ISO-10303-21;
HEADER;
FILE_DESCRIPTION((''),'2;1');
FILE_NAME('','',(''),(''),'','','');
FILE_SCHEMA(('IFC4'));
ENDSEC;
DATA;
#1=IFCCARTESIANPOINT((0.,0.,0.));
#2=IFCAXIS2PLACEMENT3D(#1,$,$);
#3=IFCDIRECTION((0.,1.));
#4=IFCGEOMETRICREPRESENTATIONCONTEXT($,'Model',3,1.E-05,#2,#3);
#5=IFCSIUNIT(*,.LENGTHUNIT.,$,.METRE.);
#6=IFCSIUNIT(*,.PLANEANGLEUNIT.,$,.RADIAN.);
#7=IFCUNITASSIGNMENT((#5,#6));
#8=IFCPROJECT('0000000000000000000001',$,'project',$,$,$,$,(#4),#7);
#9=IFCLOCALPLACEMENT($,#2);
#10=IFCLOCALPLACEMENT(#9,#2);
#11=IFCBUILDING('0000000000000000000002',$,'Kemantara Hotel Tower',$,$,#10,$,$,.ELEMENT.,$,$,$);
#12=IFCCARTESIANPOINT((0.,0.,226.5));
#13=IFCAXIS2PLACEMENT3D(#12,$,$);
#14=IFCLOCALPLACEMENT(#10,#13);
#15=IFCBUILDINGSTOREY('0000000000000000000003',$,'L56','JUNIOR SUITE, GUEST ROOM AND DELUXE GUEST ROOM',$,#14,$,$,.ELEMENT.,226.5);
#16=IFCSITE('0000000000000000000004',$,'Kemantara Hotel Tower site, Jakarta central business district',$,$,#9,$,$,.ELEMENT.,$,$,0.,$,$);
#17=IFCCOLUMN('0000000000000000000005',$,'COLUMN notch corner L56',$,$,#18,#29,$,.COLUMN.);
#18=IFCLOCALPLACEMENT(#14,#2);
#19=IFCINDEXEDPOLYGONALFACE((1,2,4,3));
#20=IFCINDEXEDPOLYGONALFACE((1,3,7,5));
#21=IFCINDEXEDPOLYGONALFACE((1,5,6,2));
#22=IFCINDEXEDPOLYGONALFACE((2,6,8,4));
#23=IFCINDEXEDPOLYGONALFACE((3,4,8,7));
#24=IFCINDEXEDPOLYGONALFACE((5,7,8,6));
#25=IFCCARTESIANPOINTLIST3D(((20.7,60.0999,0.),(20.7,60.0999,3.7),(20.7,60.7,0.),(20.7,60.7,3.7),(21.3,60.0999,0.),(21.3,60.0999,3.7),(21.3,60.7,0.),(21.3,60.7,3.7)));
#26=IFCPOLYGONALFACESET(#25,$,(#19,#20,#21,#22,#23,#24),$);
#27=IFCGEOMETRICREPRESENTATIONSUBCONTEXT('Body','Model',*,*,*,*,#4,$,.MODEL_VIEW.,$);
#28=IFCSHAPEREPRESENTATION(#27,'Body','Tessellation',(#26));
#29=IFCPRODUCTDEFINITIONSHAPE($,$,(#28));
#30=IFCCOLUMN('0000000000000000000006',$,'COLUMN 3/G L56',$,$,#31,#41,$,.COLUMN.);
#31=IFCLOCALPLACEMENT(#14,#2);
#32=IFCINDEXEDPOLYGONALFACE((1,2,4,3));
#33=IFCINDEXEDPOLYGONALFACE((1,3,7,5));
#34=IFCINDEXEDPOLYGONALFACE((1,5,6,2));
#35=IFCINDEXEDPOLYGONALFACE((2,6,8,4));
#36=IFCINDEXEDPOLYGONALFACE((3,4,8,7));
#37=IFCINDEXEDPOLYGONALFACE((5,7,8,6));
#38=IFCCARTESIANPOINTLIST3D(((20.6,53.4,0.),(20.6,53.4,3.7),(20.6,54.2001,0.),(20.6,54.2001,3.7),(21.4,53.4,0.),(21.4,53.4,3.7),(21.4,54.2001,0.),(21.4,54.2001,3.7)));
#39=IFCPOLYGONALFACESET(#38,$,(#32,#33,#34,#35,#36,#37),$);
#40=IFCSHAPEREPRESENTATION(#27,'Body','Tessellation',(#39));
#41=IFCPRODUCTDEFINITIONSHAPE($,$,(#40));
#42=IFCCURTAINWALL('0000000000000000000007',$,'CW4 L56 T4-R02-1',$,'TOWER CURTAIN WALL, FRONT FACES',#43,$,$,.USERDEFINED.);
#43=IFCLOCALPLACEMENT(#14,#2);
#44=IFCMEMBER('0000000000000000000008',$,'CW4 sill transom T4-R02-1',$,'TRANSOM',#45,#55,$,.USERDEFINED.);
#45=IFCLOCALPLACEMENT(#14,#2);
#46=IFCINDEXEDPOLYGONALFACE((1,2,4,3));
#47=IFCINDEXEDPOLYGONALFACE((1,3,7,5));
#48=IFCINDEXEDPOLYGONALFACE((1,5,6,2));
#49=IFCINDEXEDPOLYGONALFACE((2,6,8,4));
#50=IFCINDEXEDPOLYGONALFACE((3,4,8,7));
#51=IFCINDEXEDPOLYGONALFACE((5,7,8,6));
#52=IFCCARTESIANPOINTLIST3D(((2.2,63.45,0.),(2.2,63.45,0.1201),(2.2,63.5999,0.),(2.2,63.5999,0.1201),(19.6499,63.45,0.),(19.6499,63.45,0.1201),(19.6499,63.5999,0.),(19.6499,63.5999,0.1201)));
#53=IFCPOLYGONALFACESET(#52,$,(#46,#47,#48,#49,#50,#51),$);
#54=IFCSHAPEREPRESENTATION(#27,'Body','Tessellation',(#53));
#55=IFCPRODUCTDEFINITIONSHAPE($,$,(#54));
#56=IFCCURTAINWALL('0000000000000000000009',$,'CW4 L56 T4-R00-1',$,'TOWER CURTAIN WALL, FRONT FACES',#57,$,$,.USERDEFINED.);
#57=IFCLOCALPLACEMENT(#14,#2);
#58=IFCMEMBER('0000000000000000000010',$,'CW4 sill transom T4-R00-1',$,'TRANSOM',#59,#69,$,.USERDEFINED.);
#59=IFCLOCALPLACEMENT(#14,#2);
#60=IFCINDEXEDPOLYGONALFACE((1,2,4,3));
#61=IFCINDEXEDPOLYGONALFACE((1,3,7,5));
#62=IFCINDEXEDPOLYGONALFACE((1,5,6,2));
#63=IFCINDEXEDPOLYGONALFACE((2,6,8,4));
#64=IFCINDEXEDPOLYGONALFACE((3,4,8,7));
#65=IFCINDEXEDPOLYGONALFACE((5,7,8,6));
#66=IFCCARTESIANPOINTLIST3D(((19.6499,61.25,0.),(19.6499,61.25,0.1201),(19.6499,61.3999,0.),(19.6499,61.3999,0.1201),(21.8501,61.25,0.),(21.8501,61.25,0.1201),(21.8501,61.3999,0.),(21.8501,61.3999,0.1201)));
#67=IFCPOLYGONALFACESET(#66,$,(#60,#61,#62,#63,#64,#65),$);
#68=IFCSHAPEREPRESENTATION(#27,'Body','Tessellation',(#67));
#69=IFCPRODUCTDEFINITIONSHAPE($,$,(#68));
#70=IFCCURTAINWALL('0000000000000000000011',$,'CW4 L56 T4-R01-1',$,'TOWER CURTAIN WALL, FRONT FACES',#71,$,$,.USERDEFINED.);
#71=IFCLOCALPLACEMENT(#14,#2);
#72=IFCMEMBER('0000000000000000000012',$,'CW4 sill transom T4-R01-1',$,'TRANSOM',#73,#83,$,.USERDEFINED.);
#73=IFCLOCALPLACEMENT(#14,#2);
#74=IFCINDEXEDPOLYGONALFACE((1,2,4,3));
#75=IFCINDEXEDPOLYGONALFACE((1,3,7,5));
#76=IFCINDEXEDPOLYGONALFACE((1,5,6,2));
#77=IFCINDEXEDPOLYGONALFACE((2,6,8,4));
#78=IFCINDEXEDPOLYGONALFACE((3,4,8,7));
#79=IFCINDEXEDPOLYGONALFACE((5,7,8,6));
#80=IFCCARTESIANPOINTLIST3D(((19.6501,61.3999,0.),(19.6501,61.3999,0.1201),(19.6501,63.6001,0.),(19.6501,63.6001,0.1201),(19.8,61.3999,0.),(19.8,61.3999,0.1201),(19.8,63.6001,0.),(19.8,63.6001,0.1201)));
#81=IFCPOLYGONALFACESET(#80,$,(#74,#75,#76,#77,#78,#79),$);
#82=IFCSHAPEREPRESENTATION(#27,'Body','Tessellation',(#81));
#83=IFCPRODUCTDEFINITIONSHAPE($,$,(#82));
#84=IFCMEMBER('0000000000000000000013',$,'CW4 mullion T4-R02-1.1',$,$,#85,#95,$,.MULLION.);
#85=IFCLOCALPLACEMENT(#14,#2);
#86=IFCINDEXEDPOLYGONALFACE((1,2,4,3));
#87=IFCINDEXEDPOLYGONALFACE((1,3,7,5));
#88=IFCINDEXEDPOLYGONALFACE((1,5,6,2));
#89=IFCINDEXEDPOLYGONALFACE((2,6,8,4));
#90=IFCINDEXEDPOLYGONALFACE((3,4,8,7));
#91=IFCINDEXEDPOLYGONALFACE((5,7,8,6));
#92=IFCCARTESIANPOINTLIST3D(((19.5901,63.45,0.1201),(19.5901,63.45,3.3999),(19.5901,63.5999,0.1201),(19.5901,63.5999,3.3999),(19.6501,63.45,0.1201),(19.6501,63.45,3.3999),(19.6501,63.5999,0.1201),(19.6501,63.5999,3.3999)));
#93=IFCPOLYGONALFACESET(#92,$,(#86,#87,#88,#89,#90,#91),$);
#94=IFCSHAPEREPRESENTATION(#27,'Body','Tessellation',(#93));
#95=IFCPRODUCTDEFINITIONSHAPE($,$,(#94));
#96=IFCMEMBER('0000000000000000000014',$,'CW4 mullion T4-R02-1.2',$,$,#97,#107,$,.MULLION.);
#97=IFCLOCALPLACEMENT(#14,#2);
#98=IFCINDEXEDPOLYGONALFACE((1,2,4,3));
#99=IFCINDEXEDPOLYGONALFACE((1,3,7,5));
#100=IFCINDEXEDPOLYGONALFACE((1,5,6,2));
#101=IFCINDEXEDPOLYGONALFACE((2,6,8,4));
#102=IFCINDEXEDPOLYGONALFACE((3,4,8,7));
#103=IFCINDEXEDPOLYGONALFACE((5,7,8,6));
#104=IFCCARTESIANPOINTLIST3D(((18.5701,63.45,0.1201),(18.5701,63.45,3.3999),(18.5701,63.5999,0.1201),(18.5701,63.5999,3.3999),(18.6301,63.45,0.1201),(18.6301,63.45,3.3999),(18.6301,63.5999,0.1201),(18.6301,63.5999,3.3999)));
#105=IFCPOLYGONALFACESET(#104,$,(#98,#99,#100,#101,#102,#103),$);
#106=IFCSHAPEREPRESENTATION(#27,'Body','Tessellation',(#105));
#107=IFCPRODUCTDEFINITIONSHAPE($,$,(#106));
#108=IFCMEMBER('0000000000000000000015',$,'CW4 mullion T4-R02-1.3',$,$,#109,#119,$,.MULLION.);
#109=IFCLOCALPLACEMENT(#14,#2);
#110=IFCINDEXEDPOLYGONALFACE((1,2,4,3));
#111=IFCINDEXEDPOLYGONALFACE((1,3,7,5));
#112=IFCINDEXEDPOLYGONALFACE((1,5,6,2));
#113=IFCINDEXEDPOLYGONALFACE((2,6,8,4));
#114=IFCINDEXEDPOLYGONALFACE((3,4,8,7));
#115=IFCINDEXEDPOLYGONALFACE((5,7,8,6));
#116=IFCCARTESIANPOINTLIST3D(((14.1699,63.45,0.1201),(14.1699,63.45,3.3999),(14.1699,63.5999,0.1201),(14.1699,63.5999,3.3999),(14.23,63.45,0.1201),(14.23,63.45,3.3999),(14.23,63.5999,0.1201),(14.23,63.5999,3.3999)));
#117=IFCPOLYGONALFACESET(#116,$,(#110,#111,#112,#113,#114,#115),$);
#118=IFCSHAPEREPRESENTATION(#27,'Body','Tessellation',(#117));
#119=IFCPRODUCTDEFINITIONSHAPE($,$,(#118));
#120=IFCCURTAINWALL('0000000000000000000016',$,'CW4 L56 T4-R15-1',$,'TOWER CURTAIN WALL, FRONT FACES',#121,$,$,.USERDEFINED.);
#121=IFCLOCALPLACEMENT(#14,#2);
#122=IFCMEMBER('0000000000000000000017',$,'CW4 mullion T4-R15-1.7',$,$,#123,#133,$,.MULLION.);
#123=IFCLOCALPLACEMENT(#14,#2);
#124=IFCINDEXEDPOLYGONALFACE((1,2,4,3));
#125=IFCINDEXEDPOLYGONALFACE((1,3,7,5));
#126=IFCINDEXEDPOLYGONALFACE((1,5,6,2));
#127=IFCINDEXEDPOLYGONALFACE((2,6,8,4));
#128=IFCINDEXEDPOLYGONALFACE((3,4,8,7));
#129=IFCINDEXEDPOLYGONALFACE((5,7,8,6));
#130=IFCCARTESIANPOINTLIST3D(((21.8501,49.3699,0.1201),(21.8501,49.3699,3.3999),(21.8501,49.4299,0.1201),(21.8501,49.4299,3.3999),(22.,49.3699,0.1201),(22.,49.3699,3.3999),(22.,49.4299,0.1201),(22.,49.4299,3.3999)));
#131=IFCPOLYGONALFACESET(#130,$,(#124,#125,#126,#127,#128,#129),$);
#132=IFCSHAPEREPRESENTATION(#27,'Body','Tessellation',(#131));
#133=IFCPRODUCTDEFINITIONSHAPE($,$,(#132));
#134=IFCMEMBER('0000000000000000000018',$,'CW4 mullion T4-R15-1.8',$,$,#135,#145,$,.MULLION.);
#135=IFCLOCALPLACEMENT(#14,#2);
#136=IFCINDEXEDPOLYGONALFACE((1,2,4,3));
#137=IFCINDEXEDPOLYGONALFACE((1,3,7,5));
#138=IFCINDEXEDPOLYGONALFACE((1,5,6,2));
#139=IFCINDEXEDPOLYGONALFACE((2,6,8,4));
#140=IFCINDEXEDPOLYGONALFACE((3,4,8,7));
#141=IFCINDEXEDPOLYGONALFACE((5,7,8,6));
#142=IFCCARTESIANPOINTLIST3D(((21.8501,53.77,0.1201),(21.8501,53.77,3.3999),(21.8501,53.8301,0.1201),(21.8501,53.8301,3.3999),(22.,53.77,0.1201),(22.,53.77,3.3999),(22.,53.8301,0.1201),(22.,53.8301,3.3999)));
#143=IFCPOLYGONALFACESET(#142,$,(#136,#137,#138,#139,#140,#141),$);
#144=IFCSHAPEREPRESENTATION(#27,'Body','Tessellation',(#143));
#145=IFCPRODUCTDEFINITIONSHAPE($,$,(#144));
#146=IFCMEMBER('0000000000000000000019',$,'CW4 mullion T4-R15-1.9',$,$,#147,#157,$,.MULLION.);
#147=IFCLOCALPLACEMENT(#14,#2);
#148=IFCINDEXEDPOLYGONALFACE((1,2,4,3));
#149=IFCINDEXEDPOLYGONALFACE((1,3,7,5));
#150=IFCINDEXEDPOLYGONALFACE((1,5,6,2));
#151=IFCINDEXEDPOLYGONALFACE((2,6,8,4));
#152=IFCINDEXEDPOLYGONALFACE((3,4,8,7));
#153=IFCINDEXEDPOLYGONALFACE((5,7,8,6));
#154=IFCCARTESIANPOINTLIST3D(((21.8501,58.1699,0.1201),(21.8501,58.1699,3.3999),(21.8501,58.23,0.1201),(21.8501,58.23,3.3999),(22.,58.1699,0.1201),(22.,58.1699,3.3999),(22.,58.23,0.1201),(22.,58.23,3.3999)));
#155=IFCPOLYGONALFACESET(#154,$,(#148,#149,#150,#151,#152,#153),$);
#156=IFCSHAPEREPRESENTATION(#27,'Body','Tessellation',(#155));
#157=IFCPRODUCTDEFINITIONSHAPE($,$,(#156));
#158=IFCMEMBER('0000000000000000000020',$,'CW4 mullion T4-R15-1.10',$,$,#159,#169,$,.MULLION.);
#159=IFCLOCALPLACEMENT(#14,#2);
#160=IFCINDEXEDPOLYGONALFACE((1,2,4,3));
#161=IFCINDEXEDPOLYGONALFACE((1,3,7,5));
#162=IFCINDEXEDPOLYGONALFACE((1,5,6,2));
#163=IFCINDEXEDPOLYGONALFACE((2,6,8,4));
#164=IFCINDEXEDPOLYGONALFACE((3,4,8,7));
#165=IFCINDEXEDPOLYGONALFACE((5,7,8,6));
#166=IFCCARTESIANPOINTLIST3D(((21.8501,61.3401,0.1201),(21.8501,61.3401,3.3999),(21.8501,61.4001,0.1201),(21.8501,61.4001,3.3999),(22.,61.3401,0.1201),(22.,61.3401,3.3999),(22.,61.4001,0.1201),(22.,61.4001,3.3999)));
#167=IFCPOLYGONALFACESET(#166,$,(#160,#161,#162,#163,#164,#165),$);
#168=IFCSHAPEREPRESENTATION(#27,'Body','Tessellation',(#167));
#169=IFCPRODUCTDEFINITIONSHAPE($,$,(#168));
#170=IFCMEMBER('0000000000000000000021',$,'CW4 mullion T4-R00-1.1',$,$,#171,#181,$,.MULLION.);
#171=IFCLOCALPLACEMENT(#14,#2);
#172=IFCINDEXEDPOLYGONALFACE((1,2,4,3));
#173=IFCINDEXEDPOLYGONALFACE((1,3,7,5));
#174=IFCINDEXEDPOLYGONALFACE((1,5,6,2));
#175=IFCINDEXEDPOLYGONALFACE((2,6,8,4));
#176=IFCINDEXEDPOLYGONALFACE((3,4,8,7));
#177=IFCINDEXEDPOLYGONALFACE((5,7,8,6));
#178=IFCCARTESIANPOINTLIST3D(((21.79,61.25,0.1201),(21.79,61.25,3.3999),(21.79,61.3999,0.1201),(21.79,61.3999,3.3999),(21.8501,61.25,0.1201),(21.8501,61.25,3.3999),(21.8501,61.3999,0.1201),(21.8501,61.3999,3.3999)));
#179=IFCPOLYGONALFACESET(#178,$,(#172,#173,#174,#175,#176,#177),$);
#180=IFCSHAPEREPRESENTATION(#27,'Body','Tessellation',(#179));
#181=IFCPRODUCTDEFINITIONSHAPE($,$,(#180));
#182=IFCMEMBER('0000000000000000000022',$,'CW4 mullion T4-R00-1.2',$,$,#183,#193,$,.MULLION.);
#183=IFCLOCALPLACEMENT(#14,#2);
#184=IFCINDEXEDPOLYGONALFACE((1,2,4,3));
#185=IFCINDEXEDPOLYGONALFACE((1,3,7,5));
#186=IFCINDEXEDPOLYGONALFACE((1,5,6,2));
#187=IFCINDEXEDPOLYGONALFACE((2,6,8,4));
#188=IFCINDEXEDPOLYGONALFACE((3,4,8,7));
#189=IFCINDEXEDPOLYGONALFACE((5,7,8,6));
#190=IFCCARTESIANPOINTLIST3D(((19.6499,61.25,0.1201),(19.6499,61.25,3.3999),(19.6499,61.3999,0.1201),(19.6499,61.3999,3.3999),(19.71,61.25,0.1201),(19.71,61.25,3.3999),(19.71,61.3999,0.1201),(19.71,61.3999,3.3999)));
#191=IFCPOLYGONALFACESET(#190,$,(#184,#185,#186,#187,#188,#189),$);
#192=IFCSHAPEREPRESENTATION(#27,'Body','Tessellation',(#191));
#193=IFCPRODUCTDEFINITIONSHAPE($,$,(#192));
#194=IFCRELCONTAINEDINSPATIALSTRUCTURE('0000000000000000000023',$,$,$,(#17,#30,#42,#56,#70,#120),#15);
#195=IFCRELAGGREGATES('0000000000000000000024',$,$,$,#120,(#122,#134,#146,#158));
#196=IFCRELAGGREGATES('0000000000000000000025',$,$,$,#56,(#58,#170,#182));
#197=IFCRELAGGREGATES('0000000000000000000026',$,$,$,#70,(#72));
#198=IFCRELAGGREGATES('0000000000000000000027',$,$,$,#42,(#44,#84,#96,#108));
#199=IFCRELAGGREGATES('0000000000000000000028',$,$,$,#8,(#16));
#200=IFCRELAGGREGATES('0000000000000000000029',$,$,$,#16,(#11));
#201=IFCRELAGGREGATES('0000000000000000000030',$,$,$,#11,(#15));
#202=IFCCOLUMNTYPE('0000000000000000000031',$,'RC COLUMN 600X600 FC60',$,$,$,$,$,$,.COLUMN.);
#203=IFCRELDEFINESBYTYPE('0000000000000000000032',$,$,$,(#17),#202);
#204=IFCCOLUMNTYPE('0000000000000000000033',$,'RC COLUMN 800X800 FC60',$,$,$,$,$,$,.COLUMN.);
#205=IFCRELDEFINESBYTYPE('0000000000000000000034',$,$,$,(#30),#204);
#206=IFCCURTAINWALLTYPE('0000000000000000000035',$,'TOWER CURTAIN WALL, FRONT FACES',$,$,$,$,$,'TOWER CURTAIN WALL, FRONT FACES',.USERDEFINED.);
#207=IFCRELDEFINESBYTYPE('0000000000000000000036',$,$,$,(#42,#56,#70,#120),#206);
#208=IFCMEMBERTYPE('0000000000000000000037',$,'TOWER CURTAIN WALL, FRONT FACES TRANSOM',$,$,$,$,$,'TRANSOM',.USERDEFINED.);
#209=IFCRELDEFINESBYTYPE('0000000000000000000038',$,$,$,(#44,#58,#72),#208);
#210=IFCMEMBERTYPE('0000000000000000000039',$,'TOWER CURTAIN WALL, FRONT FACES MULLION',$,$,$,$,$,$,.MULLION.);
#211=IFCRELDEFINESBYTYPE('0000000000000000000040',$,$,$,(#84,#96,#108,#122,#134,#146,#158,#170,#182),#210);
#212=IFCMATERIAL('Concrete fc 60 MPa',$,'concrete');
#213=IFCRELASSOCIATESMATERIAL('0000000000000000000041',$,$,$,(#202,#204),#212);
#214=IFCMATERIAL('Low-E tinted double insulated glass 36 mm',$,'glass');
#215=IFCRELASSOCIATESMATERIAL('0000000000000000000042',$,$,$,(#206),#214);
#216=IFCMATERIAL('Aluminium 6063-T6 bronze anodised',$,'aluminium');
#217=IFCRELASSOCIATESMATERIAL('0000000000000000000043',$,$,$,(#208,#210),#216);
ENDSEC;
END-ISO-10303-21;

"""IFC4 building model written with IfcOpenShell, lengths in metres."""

from ifc_helpers import new_model, si_unit, direction, frame, origin, origin_2d, place, context, subcontext, project, spatial, rectangle, extrude, source, transform, mapped, material, material_profile, profile_set, type_object, element, aggregate, save


model = new_model("IFC4")

# Units and contexts
model_context = context("Model", 3, precision=1e-05, world=origin(), true_north=direction((0.0, 1.0)))
body_context = subcontext(model_context, "Body", "Model", "MODEL_VIEW")
ifc_project = project(units=[si_unit("LENGTHUNIT", "METRE"), si_unit("PLANEANGLEUNIT", "RADIAN")], contexts=[model_context])

# Site, building, storey
site_placement = place(None, origin())
site = spatial("IfcSite", under=ifc_project, at=site_placement, Name="Kemantara Hotel Tower site, Jakarta central business district", CompositionType="ELEMENT", RefElevation=0.0)
building_placement = place(site_placement, origin())
building = spatial("IfcBuilding", under=site, at=building_placement, Name="Kemantara Hotel Tower", CompositionType="ELEMENT")
storey_placement = place(building_placement, frame((0.0, 0.0, 226.5)))
storey = spatial("IfcBuildingStorey", under=building, at=storey_placement, Name="L56", Description="JUNIOR SUITE, GUEST ROOM AND DELUXE GUEST ROOM", CompositionType="ELEMENT", Elevation=226.5)

# Columns
ifc_material_1 = material(Name="Concrete fc 60 MPa", Category="concrete")
ifc_material_profile_1 = material_profile(ifc_material_1, rectangle(XDim=0.6001, YDim=0.6001, at=origin_2d()), Name="RC 600X600")
ifc_profile_set_1 = profile_set([ifc_material_profile_1], Name="Concrete fc 60 MPa")
column_type_1 = type_object("IfcColumnType", Name="RC COLUMN 600X600 FC60", PredefinedType="COLUMN", material=ifc_profile_set_1)
column_1_placement = place(storey_placement, frame((21.0, 60.3999, 0.0), z_axis=(0.0, 0.0, 1.0), x_axis=(1.0, 0.0, 0.0)))
element("IfcColumn", 1, at=column_1_placement, inside=storey, type_object=column_type_1, Name="COLUMN notch corner L56", PredefinedType="COLUMN", context=body_context, shape_type="SweptSolid", body=[
    extrude(rectangle(XDim=0.6001, YDim=0.6001, at=origin_2d()), origin(), (0.0, 0.0, 1.0), 3.7),
])
ifc_material_profile_2 = material_profile(ifc_material_1, rectangle(XDim=0.8, YDim=0.8, at=origin_2d()), Name="RC 800X800")
ifc_profile_set_2 = profile_set([ifc_material_profile_2], Name="Concrete fc 60 MPa")
column_type_2 = type_object("IfcColumnType", Name="RC COLUMN 800X800 FC60", PredefinedType="COLUMN", material=ifc_profile_set_2)
column_2_placement = place(storey_placement, frame((21.0, 53.8, 0.0), z_axis=(0.0, 0.0, 1.0), x_axis=(1.0, 0.0, 0.0)))
element("IfcColumn", 2, at=column_2_placement, inside=storey, type_object=column_type_2, Name="COLUMN 3/G L56", PredefinedType="COLUMN", context=body_context, shape_type="SweptSolid", body=[
    extrude(rectangle(XDim=0.8, YDim=0.8, at=origin_2d()), origin(), (0.0, 0.0, 1.0), 3.7),
])

# Curtain walls, members
ifc_material_2 = material(Name="Low-E tinted double insulated glass 36 mm", Category="glass")
curtain_wall_type = type_object("IfcCurtainWallType", Name="TOWER CURTAIN WALL, FRONT FACES", ElementType="TOWER CURTAIN WALL, FRONT FACES", PredefinedType="USERDEFINED", material=ifc_material_2)
curtain_wall_1_placement = place(storey_placement, origin())
curtain_wall_1 = element("IfcCurtainWall", 3, at=curtain_wall_1_placement, inside=storey, type_object=curtain_wall_type, Name="CW4 L56 T4-R02-1", ObjectType="TOWER CURTAIN WALL, FRONT FACES", PredefinedType="USERDEFINED")
ifc_material_3 = material(Name="Aluminium 6063-T6 bronze anodised", Category="aluminium")
ifc_material_profile_3 = material_profile(ifc_material_3, rectangle(XDim=0.1499, YDim=0.1201, at=origin_2d()), Name="TOWER CURTAIN WALL, FRONT FACES TRANSOM")
ifc_profile_set_3 = profile_set([ifc_material_profile_3], Name="Aluminium 6063-T6 bronze anodised")
member_type_1 = type_object("IfcMemberType", Name="TOWER CURTAIN WALL, FRONT FACES TRANSOM", ElementType="TRANSOM", PredefinedType="USERDEFINED", material=ifc_profile_set_3)
member_1_placement = place(storey_placement, frame((19.6499, 63.5249, 0.0601), z_axis=(-1.0, 0.0, 0.0), x_axis=(0.0, -1.0, 0.0)))
member_1 = element("IfcMember", 4, at=member_1_placement, type_object=member_type_1, Name="CW4 sill transom T4-R02-1", ObjectType="TRANSOM", PredefinedType="USERDEFINED", context=body_context, shape_type="SweptSolid", body=[
    extrude(rectangle(XDim=0.1499, YDim=0.1201, at=origin_2d()), origin(), (0.0, 0.0, 1.0), 17.45),
])
curtain_wall_2_placement = place(storey_placement, origin())
curtain_wall_2 = element("IfcCurtainWall", 5, at=curtain_wall_2_placement, inside=storey, type_object=curtain_wall_type, Name="CW4 L56 T4-R00-1", ObjectType="TOWER CURTAIN WALL, FRONT FACES", PredefinedType="USERDEFINED")
member_2_placement = place(storey_placement, frame((21.8501, 61.325, 0.0601), z_axis=(-1.0, 0.0, 0.0), x_axis=(0.0, -1.0, 0.0)))
member_2 = element("IfcMember", 6, at=member_2_placement, type_object=member_type_1, Name="CW4 sill transom T4-R00-1", ObjectType="TRANSOM", PredefinedType="USERDEFINED", context=body_context, shape_type="SweptSolid", body=[
    extrude(rectangle(XDim=0.1499, YDim=0.1201, at=origin_2d()), origin(), (0.0, 0.0, 1.0), 2.2002),
])
curtain_wall_3_placement = place(storey_placement, origin())
curtain_wall_3 = element("IfcCurtainWall", 7, at=curtain_wall_3_placement, inside=storey, type_object=curtain_wall_type, Name="CW4 L56 T4-R01-1", ObjectType="TOWER CURTAIN WALL, FRONT FACES", PredefinedType="USERDEFINED")
member_3_placement = place(storey_placement, frame((19.7251, 61.3999, 0.0601), z_axis=(0.0, 1.0, 0.0), x_axis=(-1.0, 0.0, 0.0)))
member_3 = element("IfcMember", 8, at=member_3_placement, type_object=member_type_1, Name="CW4 sill transom T4-R01-1", ObjectType="TRANSOM", PredefinedType="USERDEFINED", context=body_context, shape_type="SweptSolid", body=[
    extrude(rectangle(XDim=0.1499, YDim=0.1201, at=origin_2d()), origin(), (0.0, 0.0, 1.0), 2.2002),
])

# Members
ifc_material_profile_4 = material_profile(ifc_material_3, rectangle(XDim=0.1499, YDim=0.0601, at=origin_2d()), Name="TOWER CURTAIN WALL, FRONT FACES MULLION")
ifc_profile_set_4 = profile_set([ifc_material_profile_4], Name="Aluminium 6063-T6 bronze anodised")
member_type_2 = type_object("IfcMemberType", Name="TOWER CURTAIN WALL, FRONT FACES MULLION", PredefinedType="MULLION", material=ifc_profile_set_4)
shared_shape_1 = source(origin(), body_context, "Body", "SweptSolid", [
    extrude(rectangle(XDim=0.1499, YDim=0.0601, at=origin_2d()), origin(), (0.0, 0.0, 1.0), 3.2798),
])
member_4_placement = place(storey_placement, frame((19.6201, 63.5249, 0.1201), z_axis=(0.0, 0.0, 1.0), x_axis=(0.0, -1.0, 0.0)))
member_4 = element("IfcMember", 9, at=member_4_placement, type_object=member_type_2, Name="CW4 mullion T4-R02-1.1", PredefinedType="MULLION", context=body_context, shape_type="MappedRepresentation", body=[
    mapped(shared_shape_1, transform((0.0, 0.0, 0.0))),
])
member_5_placement = place(storey_placement, frame((18.6001, 63.5249, 0.1201), z_axis=(0.0, 0.0, 1.0), x_axis=(0.0, -1.0, 0.0)))
member_5 = element("IfcMember", 10, at=member_5_placement, type_object=member_type_2, Name="CW4 mullion T4-R02-1.2", PredefinedType="MULLION", context=body_context, shape_type="MappedRepresentation", body=[
    mapped(shared_shape_1, transform((0.0, 0.0, 0.0))),
])
member_6_placement = place(storey_placement, frame((14.2, 63.5249, 0.1201), z_axis=(0.0, 0.0, 1.0), x_axis=(0.0, -1.0, 0.0)))
member_6 = element("IfcMember", 11, at=member_6_placement, type_object=member_type_2, Name="CW4 mullion T4-R02-1.3", PredefinedType="MULLION", context=body_context, shape_type="MappedRepresentation", body=[
    mapped(shared_shape_1, transform((0.0, 0.0, 0.0))),
])

# Curtain wall, members
curtain_wall_4_placement = place(storey_placement, origin())
curtain_wall_4 = element("IfcCurtainWall", 12, at=curtain_wall_4_placement, inside=storey, type_object=curtain_wall_type, Name="CW4 L56 T4-R15-1", ObjectType="TOWER CURTAIN WALL, FRONT FACES", PredefinedType="USERDEFINED")
member_7_placement = place(storey_placement, frame((21.925, 49.3999, 0.1201), z_axis=(0.0, 0.0, 1.0), x_axis=(-1.0, 0.0, 0.0)))
member_7 = element("IfcMember", 13, at=member_7_placement, type_object=member_type_2, Name="CW4 mullion T4-R15-1.7", PredefinedType="MULLION", context=body_context, shape_type="MappedRepresentation", body=[
    mapped(shared_shape_1, transform((0.0, 0.0, 0.0))),
])
member_8_placement = place(storey_placement, frame((21.925, 53.8, 0.1201), z_axis=(0.0, 0.0, 1.0), x_axis=(-1.0, 0.0, 0.0)))
member_8 = element("IfcMember", 14, at=member_8_placement, type_object=member_type_2, Name="CW4 mullion T4-R15-1.8", PredefinedType="MULLION", context=body_context, shape_type="MappedRepresentation", body=[
    mapped(shared_shape_1, transform((0.0, 0.0, 0.0))),
])
member_9_placement = place(storey_placement, frame((21.925, 58.2, 0.1201), z_axis=(0.0, 0.0, 1.0), x_axis=(-1.0, 0.0, 0.0)))
member_9 = element("IfcMember", 15, at=member_9_placement, type_object=member_type_2, Name="CW4 mullion T4-R15-1.9", PredefinedType="MULLION", context=body_context, shape_type="MappedRepresentation", body=[
    mapped(shared_shape_1, transform((0.0, 0.0, 0.0))),
])
member_10_placement = place(storey_placement, frame((21.925, 61.3701, 0.1201), z_axis=(0.0, 0.0, 1.0), x_axis=(-1.0, 0.0, 0.0)))
member_10 = element("IfcMember", 16, at=member_10_placement, type_object=member_type_2, Name="CW4 mullion T4-R15-1.10", PredefinedType="MULLION", context=body_context, shape_type="MappedRepresentation", body=[
    mapped(shared_shape_1, transform((0.0, 0.0, 0.0))),
])

# Members
member_11_placement = place(storey_placement, frame((21.8201, 61.325, 0.1201), z_axis=(0.0, 0.0, 1.0), x_axis=(0.0, -1.0, 0.0)))
member_11 = element("IfcMember", 17, at=member_11_placement, type_object=member_type_2, Name="CW4 mullion T4-R00-1.1", PredefinedType="MULLION", context=body_context, shape_type="MappedRepresentation", body=[
    mapped(shared_shape_1, transform((0.0, 0.0, 0.0))),
])
member_12_placement = place(storey_placement, frame((19.6799, 61.325, 0.1201), z_axis=(0.0, 0.0, 1.0), x_axis=(0.0, -1.0, 0.0)))
member_12 = element("IfcMember", 18, at=member_12_placement, type_object=member_type_2, Name="CW4 mullion T4-R00-1.2", PredefinedType="MULLION", context=body_context, shape_type="MappedRepresentation", body=[
    mapped(shared_shape_1, transform((0.0, 0.0, 0.0))),
])

aggregate(curtain_wall_4, [member_7, member_8, member_9, member_10])
aggregate(curtain_wall_2, [member_2, member_11, member_12])
aggregate(curtain_wall_3, [member_3])
aggregate(curtain_wall_1, [member_1, member_4, member_5, member_6])

save(model, "model.ifc")
